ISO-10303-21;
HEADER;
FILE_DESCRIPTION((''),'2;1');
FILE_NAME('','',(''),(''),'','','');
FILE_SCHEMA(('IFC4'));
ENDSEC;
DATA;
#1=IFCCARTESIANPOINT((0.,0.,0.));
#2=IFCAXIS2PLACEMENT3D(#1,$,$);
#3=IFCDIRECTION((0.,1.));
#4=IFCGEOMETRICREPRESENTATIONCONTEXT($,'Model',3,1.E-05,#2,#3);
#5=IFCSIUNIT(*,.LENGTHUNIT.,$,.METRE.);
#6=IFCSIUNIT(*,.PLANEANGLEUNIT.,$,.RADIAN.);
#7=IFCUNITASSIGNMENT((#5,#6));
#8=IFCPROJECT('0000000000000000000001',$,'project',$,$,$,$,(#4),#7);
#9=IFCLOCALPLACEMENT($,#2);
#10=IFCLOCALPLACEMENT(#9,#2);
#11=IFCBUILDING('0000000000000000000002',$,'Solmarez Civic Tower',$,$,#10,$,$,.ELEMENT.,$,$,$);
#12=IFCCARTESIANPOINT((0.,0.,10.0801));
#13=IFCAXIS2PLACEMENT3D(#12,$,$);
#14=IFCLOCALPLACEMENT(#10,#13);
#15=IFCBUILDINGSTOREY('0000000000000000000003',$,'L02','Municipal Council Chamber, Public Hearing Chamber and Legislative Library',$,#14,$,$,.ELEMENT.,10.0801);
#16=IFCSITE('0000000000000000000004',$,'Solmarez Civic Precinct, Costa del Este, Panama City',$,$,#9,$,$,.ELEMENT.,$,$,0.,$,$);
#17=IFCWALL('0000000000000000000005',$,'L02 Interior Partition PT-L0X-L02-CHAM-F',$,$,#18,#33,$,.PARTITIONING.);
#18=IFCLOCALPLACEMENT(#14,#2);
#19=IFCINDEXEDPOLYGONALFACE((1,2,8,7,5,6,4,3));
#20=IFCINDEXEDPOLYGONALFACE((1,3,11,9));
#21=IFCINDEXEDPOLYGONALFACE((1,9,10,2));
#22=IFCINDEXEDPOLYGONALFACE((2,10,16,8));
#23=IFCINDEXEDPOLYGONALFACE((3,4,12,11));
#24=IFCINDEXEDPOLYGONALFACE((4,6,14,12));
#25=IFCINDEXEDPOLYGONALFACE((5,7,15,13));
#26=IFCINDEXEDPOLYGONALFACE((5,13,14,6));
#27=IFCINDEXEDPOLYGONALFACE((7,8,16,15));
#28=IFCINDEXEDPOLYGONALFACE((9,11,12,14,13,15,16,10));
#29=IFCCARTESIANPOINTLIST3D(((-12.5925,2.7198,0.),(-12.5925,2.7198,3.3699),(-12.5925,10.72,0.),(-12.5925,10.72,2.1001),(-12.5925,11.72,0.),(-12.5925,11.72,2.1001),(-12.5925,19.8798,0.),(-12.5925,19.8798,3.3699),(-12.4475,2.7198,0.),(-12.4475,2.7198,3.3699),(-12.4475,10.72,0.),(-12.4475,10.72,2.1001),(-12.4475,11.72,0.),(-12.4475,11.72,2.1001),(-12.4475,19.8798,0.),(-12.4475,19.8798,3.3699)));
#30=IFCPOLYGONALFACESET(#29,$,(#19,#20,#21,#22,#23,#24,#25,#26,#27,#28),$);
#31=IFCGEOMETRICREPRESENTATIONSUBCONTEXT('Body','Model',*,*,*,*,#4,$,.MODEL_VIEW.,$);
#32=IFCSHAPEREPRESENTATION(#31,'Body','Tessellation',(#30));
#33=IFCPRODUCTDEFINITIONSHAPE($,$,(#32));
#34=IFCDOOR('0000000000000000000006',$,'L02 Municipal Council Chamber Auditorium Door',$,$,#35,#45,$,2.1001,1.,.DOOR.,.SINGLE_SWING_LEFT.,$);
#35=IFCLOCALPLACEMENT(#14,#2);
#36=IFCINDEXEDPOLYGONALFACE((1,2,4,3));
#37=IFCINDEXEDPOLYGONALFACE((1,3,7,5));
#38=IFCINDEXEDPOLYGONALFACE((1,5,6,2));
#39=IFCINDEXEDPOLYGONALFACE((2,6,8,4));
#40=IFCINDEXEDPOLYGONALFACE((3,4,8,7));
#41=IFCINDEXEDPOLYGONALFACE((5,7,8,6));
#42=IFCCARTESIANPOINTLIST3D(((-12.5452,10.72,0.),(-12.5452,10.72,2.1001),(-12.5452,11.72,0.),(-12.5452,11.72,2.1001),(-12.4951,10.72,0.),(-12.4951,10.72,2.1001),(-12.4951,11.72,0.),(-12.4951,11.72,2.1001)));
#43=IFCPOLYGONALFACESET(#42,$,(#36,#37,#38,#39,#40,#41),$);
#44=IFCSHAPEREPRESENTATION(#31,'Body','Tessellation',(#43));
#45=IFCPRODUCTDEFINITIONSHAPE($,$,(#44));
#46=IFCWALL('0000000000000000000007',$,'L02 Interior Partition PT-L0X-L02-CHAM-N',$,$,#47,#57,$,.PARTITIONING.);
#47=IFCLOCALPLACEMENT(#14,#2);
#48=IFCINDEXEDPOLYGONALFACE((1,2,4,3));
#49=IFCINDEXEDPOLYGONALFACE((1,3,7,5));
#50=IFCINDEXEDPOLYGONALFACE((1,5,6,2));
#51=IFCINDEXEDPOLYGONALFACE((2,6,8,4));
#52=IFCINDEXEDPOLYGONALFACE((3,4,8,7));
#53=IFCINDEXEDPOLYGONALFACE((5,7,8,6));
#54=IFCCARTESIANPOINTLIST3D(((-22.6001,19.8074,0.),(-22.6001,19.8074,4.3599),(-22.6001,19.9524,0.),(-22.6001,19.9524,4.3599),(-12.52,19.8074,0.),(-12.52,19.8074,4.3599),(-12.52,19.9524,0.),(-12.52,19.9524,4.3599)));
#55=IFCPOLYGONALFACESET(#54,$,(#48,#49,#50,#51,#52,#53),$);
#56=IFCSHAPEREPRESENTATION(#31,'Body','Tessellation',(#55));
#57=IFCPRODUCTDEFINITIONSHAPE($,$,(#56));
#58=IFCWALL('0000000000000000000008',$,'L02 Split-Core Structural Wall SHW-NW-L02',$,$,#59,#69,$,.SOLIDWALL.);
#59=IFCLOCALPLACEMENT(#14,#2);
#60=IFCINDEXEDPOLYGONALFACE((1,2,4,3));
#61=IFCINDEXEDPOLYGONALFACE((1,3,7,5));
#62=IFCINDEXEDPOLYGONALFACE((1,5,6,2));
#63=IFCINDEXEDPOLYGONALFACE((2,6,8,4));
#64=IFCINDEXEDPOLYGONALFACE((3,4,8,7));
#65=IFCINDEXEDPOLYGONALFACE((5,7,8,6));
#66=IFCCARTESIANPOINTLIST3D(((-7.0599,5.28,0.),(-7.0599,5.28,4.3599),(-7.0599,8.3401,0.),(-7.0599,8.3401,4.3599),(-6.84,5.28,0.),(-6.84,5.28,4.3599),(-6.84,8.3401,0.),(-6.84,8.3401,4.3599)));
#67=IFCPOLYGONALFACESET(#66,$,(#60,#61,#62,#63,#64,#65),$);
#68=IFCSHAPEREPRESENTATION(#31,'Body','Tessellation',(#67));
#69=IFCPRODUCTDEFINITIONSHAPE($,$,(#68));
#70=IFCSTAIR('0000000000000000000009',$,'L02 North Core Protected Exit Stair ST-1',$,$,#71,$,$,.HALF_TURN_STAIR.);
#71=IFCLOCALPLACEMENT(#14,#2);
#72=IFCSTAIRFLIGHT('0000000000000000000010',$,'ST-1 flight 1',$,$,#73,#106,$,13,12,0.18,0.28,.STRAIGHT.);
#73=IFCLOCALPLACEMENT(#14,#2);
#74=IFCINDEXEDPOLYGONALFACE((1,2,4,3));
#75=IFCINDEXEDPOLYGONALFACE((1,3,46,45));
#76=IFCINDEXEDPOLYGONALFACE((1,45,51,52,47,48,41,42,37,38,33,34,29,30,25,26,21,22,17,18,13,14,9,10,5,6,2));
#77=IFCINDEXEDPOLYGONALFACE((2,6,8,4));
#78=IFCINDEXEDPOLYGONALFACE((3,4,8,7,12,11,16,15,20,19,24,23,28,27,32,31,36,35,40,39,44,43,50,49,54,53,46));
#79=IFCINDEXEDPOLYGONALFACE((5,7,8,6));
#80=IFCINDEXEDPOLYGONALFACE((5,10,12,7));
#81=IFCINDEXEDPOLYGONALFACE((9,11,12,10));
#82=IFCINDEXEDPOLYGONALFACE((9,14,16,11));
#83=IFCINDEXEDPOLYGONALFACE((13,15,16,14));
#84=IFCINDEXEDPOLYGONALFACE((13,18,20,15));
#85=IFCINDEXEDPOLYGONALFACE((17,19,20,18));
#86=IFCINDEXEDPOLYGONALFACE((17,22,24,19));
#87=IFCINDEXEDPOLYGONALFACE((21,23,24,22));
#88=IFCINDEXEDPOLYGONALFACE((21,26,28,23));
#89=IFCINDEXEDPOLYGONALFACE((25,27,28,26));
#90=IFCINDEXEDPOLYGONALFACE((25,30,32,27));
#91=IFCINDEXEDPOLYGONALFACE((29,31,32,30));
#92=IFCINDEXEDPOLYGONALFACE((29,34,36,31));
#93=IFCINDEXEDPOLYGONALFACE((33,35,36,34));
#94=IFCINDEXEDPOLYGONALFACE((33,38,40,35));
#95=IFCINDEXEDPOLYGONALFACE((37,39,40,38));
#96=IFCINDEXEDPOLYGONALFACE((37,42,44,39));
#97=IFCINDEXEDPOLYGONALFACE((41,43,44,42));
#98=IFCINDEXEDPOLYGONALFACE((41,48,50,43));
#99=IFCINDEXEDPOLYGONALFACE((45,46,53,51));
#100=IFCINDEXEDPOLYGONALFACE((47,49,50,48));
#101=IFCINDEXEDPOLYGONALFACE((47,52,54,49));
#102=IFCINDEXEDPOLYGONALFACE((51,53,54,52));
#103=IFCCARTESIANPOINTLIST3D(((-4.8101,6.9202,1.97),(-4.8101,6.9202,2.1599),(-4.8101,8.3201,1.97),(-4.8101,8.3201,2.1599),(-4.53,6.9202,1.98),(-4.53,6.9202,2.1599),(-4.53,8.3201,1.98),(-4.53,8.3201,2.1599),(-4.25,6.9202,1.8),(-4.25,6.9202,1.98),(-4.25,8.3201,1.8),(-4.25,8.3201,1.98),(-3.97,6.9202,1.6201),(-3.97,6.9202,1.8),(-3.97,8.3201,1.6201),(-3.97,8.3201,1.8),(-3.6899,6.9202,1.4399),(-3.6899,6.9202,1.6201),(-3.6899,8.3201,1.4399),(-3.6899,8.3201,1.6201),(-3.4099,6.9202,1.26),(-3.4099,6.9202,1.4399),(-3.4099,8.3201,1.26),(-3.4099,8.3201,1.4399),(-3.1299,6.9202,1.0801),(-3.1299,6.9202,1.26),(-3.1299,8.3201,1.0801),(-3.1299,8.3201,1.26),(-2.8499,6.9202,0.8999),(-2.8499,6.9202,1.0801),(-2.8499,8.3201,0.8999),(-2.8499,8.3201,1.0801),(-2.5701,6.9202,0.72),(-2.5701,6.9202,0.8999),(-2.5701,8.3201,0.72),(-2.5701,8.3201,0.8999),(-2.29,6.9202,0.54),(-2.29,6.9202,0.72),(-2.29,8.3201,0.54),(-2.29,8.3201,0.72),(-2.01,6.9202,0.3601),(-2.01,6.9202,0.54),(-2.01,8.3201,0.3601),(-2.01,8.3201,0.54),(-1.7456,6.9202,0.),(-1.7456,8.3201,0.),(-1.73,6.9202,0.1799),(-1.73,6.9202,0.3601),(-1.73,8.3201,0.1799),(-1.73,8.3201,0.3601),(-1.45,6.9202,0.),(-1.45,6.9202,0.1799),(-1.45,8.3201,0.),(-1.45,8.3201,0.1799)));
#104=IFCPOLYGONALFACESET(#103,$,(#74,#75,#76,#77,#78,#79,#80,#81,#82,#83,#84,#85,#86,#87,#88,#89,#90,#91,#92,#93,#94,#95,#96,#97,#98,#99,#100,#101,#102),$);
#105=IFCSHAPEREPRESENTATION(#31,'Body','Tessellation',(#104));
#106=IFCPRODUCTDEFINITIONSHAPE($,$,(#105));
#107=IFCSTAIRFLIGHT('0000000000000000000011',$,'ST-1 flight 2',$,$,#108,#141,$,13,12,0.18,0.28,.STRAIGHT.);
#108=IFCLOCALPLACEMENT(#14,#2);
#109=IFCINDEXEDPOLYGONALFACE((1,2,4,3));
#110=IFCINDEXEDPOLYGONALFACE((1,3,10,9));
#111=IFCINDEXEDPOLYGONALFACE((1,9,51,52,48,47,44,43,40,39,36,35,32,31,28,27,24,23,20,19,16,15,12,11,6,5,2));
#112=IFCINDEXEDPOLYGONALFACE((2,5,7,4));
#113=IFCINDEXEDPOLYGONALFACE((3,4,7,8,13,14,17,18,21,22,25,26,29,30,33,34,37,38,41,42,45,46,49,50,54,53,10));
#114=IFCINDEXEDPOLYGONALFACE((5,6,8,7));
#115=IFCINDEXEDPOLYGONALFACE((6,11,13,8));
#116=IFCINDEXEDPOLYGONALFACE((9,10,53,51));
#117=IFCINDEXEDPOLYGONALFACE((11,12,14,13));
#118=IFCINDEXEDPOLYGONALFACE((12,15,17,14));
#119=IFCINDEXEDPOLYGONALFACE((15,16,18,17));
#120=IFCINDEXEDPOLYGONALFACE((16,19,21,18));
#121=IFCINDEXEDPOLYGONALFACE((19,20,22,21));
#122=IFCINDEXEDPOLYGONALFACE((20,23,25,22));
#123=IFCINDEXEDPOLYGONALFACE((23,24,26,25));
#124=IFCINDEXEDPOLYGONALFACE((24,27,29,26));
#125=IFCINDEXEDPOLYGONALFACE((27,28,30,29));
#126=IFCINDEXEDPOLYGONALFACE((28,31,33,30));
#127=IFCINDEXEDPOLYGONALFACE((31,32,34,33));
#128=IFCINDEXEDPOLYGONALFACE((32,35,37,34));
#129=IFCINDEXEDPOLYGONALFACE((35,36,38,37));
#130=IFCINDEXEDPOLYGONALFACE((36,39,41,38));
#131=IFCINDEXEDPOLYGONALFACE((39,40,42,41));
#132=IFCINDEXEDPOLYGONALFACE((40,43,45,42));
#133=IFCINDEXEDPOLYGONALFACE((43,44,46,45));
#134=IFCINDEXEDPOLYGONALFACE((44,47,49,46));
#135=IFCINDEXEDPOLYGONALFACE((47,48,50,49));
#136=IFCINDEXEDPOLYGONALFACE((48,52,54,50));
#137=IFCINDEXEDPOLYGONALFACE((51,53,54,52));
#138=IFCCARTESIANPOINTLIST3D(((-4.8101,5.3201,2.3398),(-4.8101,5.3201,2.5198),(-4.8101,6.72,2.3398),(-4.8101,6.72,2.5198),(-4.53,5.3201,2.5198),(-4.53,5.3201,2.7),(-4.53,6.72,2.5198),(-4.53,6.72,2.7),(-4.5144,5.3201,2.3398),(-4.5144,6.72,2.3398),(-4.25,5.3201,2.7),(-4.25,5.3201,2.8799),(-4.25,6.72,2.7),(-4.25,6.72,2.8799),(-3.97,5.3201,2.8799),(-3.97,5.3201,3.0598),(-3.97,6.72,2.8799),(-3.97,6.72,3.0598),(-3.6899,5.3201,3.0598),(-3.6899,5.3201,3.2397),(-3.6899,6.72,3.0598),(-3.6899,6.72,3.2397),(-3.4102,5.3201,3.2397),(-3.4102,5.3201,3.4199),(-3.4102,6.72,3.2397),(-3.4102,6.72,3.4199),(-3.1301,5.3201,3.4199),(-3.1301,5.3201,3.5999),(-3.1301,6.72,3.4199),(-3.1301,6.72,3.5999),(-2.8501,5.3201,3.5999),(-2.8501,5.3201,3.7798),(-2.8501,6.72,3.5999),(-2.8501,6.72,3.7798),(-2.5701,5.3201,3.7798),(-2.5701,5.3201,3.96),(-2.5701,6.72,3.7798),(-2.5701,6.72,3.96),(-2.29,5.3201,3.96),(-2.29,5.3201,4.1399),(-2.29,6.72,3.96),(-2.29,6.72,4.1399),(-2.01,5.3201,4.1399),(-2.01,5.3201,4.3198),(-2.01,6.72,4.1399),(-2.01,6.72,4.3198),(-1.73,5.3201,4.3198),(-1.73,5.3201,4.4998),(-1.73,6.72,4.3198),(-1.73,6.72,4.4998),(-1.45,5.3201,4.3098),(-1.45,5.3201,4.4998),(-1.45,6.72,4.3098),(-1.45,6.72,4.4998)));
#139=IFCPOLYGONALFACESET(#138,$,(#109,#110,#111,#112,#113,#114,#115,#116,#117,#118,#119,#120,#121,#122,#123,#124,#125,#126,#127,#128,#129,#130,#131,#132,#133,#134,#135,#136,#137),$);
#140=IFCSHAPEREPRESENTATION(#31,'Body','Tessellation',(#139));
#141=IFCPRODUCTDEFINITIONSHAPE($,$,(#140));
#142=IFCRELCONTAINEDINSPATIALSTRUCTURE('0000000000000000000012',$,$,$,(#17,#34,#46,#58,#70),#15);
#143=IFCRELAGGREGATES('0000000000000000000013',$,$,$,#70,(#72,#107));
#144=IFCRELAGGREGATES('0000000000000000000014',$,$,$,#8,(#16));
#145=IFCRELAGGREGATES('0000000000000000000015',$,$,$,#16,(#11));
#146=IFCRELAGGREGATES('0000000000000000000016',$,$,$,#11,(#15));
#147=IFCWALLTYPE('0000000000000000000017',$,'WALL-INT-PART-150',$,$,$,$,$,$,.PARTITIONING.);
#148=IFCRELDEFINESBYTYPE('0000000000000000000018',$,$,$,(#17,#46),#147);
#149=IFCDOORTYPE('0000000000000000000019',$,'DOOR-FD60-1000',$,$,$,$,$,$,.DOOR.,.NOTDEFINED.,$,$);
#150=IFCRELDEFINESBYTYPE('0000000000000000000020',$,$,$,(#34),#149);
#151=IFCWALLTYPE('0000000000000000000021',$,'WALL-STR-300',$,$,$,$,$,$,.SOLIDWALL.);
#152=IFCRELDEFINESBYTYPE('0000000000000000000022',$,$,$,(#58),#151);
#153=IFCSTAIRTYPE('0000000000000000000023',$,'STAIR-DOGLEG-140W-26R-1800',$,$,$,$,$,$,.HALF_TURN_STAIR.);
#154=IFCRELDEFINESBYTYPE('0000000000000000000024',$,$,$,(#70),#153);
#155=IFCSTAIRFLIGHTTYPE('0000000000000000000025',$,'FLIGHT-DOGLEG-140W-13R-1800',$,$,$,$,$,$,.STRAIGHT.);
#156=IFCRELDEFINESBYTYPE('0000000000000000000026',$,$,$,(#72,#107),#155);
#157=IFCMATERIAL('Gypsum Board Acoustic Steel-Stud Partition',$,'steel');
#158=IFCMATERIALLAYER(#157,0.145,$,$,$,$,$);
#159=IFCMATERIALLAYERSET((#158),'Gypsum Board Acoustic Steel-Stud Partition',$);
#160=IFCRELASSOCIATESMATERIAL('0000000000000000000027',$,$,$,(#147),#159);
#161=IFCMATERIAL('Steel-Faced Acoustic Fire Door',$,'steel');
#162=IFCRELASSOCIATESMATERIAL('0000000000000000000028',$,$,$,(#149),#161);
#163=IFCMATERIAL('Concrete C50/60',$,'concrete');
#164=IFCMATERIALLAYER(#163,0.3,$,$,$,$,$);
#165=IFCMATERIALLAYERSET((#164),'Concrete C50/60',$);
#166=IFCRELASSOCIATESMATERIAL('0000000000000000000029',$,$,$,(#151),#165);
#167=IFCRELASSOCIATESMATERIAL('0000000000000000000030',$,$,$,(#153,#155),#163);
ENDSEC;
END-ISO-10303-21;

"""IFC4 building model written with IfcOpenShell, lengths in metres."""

from ifc_helpers import new_model, si_unit, direction, frame, frame_2d, origin, place, context, subcontext, project, spatial, polyline, rectangle, outline, extrude, material, layer, layer_set, type_object, element, fill, aggregate, save


model = new_model("IFC4")

# Units and contexts
model_context = context("Model", 3, precision=1e-05, world=origin(), true_north=direction((0.0, 1.0)))
body_context = subcontext(model_context, "Body", "Model", "MODEL_VIEW")
ifc_project = project(units=[si_unit("LENGTHUNIT", "METRE"), si_unit("PLANEANGLEUNIT", "RADIAN")], contexts=[model_context])

# Site, building, storey
site_placement = place(None, origin())
site = spatial("IfcSite", under=ifc_project, at=site_placement, Name="Solmarez Civic Precinct, Costa del Este, Panama City", CompositionType="ELEMENT", RefElevation=0.0)
building_placement = place(site_placement, origin())
building = spatial("IfcBuilding", under=site, at=building_placement, Name="Solmarez Civic Tower", CompositionType="ELEMENT")
storey_placement = place(building_placement, frame((0.0, 0.0, 10.0801)))
storey = spatial("IfcBuildingStorey", under=building, at=storey_placement, Name="L02", Description="Municipal Council Chamber, Public Hearing Chamber and Legislative Library", CompositionType="ELEMENT", Elevation=10.0801)

# Shared definitions
ifc_material_1 = material(Name="Concrete C50/60", Category="concrete")

# Wall, opening, door
ifc_material_2 = material(Name="Gypsum Board Acoustic Steel-Stud Partition", Category="steel")
ifc_layer_1 = layer(ifc_material_2, 0.145)
ifc_layer_set_1 = layer_set([ifc_layer_1], Name="Gypsum Board Acoustic Steel-Stud Partition")
wall_type_1 = type_object("IfcWallType", Name="WALL-INT-PART-150", PredefinedType="PARTITIONING", material=ifc_layer_set_1)
wall_1_placement = place(storey_placement, frame((-12.52, 19.8799, 0.0), z_axis=(0.0, 0.0, 1.0), x_axis=(0.0, -1.0, 0.0)))
wall_1 = element("IfcWall", 1, at=wall_1_placement, inside=storey, type_object=wall_type_1, Name="L02 Interior Partition PT-L0X-L02-CHAM-F", PredefinedType="PARTITIONING", context=body_context, shape_type="SweptSolid", body=[
    extrude(rectangle(XDim=17.1599, YDim=0.145, at=frame_2d((8.5801, 0.0))), origin(), (0.0, 0.0, 1.0), 3.3699),
])
opening_placement = place(wall_1_placement, frame((8.1599, 0.0, 0.0)))
opening = element("IfcOpeningElement", 2, at=opening_placement, cuts=wall_1, PredefinedType="OPENING", context=body_context, shape_type="SweptSolid", body=[
    extrude(rectangle(XDim=1.0, YDim=2.1001, at=frame_2d((0.5, 1.05))), frame((0.0, 0.0825, 0.0), z_axis=(0.0, -1.0, 0.0), x_axis=(1.0, 0.0, 0.0)), (0.0, 0.0, 1.0), 0.165),
])
ifc_material_3 = material(Name="Steel-Faced Acoustic Fire Door", Category="steel")
door_type = type_object("IfcDoorType", Name="DOOR-FD60-1000", OperationType="NOTDEFINED", PredefinedType="DOOR", material=ifc_material_3)
door_placement = place(opening_placement, origin())
door = element("IfcDoor", 3, at=door_placement, inside=storey, type_object=door_type, Name="L02 Municipal Council Chamber Auditorium Door", OperationType="SINGLE_SWING_LEFT", OverallHeight=2.1001, OverallWidth=1.0, PredefinedType="DOOR", context=body_context, shape_type="SweptSolid", body=[
    extrude(rectangle(XDim=1.0, YDim=2.1001, at=frame_2d((0.5, 1.05))), frame((0.0, 0.0249, 0.0), z_axis=(0.0, -1.0, 0.0), x_axis=(1.0, 0.0, 0.0)), (0.0, 0.0, 1.0), 0.05),
])
fill(opening, door)

# Walls
wall_2_placement = place(storey_placement, frame((-22.6001, 19.8799, 0.0), z_axis=(0.0, 0.0, 1.0), x_axis=(1.0, 0.0, 0.0)))
element("IfcWall", 4, at=wall_2_placement, inside=storey, type_object=wall_type_1, Name="L02 Interior Partition PT-L0X-L02-CHAM-N", PredefinedType="PARTITIONING", context=body_context, shape_type="SweptSolid", body=[
    extrude(rectangle(XDim=10.0801, YDim=0.145, at=frame_2d((5.04, 0.0))), origin(), (0.0, 0.0, 1.0), 4.3599),
])
ifc_layer_2 = layer(ifc_material_1, 0.3)
ifc_layer_set_2 = layer_set([ifc_layer_2], Name="Concrete C50/60")
wall_type_2 = type_object("IfcWallType", Name="WALL-STR-300", PredefinedType="SOLIDWALL", material=ifc_layer_set_2)
wall_3_placement = place(storey_placement, frame((-6.95, 5.28, 0.0), z_axis=(0.0, 0.0, 1.0), x_axis=(0.0, 1.0, 0.0)))
element("IfcWall", 5, at=wall_3_placement, inside=storey, type_object=wall_type_2, Name="L02 Split-Core Structural Wall SHW-NW-L02", PredefinedType="SOLIDWALL", context=body_context, shape_type="SweptSolid", body=[
    extrude(rectangle(XDim=3.0601, YDim=0.22, at=frame_2d((1.53, 0.0))), origin(), (0.0, 0.0, 1.0), 4.3599),
])

# Stair, stair flights
stair_type = type_object("IfcStairType", Name="STAIR-DOGLEG-140W-26R-1800", PredefinedType="HALF_TURN_STAIR", material=ifc_material_1)
stair_placement = place(storey_placement, origin())
stair = element("IfcStair", 6, at=stair_placement, inside=storey, type_object=stair_type, Name="L02 North Core Protected Exit Stair ST-1", PredefinedType="HALF_TURN_STAIR")
stair_flight_type = type_object("IfcStairFlightType", Name="FLIGHT-DOGLEG-140W-13R-1800", PredefinedType="STRAIGHT", material=ifc_material_1)
stair_flight_1_placement = place(storey_placement, frame((-1.45, 7.6201, 0.0), z_axis=(0.0, 0.0, 1.0), x_axis=(-1.0, 0.0, 0.0)))
stair_flight_1 = element("IfcStairFlight", 7, at=stair_flight_1_placement, type_object=stair_flight_type, Name="ST-1 flight 1", NumberOfRisers=13, NumberOfTreads=12, PredefinedType="STRAIGHT", RiserHeight=0.18, TreadLength=0.28, context=body_context, shape_type="SweptSolid", body=[
    extrude(outline(polyline([(0.0, 0.0), (0.0, 0.1799), (0.28, 0.1799), (0.28, 0.3601), (0.5601, 0.3601), (0.5601, 0.54), (0.8401, 0.54), (0.8401, 0.72), (1.1201, 0.72), (1.1201, 0.8999), (1.3999, 0.8999), (1.3999, 1.0801), (1.6799, 1.0801), (1.6799, 1.26), (1.96, 1.26), (1.96, 1.4399), (2.24, 1.4399), (2.24, 1.6201), (2.52, 1.6201), (2.52, 1.8), (2.8, 1.8), (2.8, 1.98), (3.0801, 1.98), (3.0801, 2.1599), (3.3601, 2.1599), (3.3601, 2.3401), (3.3601, 1.97), (0.2957, 0.0), (0.0, 0.0)])), frame((0.0, 0.7, 0.0), z_axis=(0.0, -1.0, 0.0), x_axis=(1.0, 0.0, 0.0)), (0.0, 0.0, 1.0), 1.3999),
])
stair_flight_2_placement = place(storey_placement, frame((-4.8101, 6.02, 2.3398), z_axis=(0.0, 0.0, 1.0), x_axis=(1.0, 0.0, 0.0)))
stair_flight_2 = element("IfcStairFlight", 8, at=stair_flight_2_placement, type_object=stair_flight_type, Name="ST-1 flight 2", NumberOfRisers=13, NumberOfTreads=12, PredefinedType="STRAIGHT", RiserHeight=0.18, TreadLength=0.28, context=body_context, shape_type="SweptSolid", body=[
    extrude(outline(polyline([(0.0, 0.0), (0.0, 0.1799), (0.28, 0.1799), (0.28, 0.3601), (0.5601, 0.3601), (0.5601, 0.54), (0.8401, 0.54), (0.8401, 0.72), (1.1201, 0.72), (1.1201, 0.8999), (1.3999, 0.8999), (1.3999, 1.0801), (1.6799, 1.0801), (1.6799, 1.26), (1.96, 1.26), (1.96, 1.4399), (2.24, 1.4399), (2.24, 1.6201), (2.52, 1.6201), (2.52, 1.8), (2.8, 1.8), (2.8, 1.98), (3.0801, 1.98), (3.0801, 2.1599), (3.3601, 2.1599), (3.3601, 2.3401), (3.3601, 1.97), (0.2957, 0.0), (0.0, 0.0)])), frame((0.0, 0.7, 0.0), z_axis=(0.0, -1.0, 0.0), x_axis=(1.0, 0.0, 0.0)), (0.0, 0.0, 1.0), 1.3999),
])
aggregate(stair, [stair_flight_1, stair_flight_2])

save(model, "model.ifc")
